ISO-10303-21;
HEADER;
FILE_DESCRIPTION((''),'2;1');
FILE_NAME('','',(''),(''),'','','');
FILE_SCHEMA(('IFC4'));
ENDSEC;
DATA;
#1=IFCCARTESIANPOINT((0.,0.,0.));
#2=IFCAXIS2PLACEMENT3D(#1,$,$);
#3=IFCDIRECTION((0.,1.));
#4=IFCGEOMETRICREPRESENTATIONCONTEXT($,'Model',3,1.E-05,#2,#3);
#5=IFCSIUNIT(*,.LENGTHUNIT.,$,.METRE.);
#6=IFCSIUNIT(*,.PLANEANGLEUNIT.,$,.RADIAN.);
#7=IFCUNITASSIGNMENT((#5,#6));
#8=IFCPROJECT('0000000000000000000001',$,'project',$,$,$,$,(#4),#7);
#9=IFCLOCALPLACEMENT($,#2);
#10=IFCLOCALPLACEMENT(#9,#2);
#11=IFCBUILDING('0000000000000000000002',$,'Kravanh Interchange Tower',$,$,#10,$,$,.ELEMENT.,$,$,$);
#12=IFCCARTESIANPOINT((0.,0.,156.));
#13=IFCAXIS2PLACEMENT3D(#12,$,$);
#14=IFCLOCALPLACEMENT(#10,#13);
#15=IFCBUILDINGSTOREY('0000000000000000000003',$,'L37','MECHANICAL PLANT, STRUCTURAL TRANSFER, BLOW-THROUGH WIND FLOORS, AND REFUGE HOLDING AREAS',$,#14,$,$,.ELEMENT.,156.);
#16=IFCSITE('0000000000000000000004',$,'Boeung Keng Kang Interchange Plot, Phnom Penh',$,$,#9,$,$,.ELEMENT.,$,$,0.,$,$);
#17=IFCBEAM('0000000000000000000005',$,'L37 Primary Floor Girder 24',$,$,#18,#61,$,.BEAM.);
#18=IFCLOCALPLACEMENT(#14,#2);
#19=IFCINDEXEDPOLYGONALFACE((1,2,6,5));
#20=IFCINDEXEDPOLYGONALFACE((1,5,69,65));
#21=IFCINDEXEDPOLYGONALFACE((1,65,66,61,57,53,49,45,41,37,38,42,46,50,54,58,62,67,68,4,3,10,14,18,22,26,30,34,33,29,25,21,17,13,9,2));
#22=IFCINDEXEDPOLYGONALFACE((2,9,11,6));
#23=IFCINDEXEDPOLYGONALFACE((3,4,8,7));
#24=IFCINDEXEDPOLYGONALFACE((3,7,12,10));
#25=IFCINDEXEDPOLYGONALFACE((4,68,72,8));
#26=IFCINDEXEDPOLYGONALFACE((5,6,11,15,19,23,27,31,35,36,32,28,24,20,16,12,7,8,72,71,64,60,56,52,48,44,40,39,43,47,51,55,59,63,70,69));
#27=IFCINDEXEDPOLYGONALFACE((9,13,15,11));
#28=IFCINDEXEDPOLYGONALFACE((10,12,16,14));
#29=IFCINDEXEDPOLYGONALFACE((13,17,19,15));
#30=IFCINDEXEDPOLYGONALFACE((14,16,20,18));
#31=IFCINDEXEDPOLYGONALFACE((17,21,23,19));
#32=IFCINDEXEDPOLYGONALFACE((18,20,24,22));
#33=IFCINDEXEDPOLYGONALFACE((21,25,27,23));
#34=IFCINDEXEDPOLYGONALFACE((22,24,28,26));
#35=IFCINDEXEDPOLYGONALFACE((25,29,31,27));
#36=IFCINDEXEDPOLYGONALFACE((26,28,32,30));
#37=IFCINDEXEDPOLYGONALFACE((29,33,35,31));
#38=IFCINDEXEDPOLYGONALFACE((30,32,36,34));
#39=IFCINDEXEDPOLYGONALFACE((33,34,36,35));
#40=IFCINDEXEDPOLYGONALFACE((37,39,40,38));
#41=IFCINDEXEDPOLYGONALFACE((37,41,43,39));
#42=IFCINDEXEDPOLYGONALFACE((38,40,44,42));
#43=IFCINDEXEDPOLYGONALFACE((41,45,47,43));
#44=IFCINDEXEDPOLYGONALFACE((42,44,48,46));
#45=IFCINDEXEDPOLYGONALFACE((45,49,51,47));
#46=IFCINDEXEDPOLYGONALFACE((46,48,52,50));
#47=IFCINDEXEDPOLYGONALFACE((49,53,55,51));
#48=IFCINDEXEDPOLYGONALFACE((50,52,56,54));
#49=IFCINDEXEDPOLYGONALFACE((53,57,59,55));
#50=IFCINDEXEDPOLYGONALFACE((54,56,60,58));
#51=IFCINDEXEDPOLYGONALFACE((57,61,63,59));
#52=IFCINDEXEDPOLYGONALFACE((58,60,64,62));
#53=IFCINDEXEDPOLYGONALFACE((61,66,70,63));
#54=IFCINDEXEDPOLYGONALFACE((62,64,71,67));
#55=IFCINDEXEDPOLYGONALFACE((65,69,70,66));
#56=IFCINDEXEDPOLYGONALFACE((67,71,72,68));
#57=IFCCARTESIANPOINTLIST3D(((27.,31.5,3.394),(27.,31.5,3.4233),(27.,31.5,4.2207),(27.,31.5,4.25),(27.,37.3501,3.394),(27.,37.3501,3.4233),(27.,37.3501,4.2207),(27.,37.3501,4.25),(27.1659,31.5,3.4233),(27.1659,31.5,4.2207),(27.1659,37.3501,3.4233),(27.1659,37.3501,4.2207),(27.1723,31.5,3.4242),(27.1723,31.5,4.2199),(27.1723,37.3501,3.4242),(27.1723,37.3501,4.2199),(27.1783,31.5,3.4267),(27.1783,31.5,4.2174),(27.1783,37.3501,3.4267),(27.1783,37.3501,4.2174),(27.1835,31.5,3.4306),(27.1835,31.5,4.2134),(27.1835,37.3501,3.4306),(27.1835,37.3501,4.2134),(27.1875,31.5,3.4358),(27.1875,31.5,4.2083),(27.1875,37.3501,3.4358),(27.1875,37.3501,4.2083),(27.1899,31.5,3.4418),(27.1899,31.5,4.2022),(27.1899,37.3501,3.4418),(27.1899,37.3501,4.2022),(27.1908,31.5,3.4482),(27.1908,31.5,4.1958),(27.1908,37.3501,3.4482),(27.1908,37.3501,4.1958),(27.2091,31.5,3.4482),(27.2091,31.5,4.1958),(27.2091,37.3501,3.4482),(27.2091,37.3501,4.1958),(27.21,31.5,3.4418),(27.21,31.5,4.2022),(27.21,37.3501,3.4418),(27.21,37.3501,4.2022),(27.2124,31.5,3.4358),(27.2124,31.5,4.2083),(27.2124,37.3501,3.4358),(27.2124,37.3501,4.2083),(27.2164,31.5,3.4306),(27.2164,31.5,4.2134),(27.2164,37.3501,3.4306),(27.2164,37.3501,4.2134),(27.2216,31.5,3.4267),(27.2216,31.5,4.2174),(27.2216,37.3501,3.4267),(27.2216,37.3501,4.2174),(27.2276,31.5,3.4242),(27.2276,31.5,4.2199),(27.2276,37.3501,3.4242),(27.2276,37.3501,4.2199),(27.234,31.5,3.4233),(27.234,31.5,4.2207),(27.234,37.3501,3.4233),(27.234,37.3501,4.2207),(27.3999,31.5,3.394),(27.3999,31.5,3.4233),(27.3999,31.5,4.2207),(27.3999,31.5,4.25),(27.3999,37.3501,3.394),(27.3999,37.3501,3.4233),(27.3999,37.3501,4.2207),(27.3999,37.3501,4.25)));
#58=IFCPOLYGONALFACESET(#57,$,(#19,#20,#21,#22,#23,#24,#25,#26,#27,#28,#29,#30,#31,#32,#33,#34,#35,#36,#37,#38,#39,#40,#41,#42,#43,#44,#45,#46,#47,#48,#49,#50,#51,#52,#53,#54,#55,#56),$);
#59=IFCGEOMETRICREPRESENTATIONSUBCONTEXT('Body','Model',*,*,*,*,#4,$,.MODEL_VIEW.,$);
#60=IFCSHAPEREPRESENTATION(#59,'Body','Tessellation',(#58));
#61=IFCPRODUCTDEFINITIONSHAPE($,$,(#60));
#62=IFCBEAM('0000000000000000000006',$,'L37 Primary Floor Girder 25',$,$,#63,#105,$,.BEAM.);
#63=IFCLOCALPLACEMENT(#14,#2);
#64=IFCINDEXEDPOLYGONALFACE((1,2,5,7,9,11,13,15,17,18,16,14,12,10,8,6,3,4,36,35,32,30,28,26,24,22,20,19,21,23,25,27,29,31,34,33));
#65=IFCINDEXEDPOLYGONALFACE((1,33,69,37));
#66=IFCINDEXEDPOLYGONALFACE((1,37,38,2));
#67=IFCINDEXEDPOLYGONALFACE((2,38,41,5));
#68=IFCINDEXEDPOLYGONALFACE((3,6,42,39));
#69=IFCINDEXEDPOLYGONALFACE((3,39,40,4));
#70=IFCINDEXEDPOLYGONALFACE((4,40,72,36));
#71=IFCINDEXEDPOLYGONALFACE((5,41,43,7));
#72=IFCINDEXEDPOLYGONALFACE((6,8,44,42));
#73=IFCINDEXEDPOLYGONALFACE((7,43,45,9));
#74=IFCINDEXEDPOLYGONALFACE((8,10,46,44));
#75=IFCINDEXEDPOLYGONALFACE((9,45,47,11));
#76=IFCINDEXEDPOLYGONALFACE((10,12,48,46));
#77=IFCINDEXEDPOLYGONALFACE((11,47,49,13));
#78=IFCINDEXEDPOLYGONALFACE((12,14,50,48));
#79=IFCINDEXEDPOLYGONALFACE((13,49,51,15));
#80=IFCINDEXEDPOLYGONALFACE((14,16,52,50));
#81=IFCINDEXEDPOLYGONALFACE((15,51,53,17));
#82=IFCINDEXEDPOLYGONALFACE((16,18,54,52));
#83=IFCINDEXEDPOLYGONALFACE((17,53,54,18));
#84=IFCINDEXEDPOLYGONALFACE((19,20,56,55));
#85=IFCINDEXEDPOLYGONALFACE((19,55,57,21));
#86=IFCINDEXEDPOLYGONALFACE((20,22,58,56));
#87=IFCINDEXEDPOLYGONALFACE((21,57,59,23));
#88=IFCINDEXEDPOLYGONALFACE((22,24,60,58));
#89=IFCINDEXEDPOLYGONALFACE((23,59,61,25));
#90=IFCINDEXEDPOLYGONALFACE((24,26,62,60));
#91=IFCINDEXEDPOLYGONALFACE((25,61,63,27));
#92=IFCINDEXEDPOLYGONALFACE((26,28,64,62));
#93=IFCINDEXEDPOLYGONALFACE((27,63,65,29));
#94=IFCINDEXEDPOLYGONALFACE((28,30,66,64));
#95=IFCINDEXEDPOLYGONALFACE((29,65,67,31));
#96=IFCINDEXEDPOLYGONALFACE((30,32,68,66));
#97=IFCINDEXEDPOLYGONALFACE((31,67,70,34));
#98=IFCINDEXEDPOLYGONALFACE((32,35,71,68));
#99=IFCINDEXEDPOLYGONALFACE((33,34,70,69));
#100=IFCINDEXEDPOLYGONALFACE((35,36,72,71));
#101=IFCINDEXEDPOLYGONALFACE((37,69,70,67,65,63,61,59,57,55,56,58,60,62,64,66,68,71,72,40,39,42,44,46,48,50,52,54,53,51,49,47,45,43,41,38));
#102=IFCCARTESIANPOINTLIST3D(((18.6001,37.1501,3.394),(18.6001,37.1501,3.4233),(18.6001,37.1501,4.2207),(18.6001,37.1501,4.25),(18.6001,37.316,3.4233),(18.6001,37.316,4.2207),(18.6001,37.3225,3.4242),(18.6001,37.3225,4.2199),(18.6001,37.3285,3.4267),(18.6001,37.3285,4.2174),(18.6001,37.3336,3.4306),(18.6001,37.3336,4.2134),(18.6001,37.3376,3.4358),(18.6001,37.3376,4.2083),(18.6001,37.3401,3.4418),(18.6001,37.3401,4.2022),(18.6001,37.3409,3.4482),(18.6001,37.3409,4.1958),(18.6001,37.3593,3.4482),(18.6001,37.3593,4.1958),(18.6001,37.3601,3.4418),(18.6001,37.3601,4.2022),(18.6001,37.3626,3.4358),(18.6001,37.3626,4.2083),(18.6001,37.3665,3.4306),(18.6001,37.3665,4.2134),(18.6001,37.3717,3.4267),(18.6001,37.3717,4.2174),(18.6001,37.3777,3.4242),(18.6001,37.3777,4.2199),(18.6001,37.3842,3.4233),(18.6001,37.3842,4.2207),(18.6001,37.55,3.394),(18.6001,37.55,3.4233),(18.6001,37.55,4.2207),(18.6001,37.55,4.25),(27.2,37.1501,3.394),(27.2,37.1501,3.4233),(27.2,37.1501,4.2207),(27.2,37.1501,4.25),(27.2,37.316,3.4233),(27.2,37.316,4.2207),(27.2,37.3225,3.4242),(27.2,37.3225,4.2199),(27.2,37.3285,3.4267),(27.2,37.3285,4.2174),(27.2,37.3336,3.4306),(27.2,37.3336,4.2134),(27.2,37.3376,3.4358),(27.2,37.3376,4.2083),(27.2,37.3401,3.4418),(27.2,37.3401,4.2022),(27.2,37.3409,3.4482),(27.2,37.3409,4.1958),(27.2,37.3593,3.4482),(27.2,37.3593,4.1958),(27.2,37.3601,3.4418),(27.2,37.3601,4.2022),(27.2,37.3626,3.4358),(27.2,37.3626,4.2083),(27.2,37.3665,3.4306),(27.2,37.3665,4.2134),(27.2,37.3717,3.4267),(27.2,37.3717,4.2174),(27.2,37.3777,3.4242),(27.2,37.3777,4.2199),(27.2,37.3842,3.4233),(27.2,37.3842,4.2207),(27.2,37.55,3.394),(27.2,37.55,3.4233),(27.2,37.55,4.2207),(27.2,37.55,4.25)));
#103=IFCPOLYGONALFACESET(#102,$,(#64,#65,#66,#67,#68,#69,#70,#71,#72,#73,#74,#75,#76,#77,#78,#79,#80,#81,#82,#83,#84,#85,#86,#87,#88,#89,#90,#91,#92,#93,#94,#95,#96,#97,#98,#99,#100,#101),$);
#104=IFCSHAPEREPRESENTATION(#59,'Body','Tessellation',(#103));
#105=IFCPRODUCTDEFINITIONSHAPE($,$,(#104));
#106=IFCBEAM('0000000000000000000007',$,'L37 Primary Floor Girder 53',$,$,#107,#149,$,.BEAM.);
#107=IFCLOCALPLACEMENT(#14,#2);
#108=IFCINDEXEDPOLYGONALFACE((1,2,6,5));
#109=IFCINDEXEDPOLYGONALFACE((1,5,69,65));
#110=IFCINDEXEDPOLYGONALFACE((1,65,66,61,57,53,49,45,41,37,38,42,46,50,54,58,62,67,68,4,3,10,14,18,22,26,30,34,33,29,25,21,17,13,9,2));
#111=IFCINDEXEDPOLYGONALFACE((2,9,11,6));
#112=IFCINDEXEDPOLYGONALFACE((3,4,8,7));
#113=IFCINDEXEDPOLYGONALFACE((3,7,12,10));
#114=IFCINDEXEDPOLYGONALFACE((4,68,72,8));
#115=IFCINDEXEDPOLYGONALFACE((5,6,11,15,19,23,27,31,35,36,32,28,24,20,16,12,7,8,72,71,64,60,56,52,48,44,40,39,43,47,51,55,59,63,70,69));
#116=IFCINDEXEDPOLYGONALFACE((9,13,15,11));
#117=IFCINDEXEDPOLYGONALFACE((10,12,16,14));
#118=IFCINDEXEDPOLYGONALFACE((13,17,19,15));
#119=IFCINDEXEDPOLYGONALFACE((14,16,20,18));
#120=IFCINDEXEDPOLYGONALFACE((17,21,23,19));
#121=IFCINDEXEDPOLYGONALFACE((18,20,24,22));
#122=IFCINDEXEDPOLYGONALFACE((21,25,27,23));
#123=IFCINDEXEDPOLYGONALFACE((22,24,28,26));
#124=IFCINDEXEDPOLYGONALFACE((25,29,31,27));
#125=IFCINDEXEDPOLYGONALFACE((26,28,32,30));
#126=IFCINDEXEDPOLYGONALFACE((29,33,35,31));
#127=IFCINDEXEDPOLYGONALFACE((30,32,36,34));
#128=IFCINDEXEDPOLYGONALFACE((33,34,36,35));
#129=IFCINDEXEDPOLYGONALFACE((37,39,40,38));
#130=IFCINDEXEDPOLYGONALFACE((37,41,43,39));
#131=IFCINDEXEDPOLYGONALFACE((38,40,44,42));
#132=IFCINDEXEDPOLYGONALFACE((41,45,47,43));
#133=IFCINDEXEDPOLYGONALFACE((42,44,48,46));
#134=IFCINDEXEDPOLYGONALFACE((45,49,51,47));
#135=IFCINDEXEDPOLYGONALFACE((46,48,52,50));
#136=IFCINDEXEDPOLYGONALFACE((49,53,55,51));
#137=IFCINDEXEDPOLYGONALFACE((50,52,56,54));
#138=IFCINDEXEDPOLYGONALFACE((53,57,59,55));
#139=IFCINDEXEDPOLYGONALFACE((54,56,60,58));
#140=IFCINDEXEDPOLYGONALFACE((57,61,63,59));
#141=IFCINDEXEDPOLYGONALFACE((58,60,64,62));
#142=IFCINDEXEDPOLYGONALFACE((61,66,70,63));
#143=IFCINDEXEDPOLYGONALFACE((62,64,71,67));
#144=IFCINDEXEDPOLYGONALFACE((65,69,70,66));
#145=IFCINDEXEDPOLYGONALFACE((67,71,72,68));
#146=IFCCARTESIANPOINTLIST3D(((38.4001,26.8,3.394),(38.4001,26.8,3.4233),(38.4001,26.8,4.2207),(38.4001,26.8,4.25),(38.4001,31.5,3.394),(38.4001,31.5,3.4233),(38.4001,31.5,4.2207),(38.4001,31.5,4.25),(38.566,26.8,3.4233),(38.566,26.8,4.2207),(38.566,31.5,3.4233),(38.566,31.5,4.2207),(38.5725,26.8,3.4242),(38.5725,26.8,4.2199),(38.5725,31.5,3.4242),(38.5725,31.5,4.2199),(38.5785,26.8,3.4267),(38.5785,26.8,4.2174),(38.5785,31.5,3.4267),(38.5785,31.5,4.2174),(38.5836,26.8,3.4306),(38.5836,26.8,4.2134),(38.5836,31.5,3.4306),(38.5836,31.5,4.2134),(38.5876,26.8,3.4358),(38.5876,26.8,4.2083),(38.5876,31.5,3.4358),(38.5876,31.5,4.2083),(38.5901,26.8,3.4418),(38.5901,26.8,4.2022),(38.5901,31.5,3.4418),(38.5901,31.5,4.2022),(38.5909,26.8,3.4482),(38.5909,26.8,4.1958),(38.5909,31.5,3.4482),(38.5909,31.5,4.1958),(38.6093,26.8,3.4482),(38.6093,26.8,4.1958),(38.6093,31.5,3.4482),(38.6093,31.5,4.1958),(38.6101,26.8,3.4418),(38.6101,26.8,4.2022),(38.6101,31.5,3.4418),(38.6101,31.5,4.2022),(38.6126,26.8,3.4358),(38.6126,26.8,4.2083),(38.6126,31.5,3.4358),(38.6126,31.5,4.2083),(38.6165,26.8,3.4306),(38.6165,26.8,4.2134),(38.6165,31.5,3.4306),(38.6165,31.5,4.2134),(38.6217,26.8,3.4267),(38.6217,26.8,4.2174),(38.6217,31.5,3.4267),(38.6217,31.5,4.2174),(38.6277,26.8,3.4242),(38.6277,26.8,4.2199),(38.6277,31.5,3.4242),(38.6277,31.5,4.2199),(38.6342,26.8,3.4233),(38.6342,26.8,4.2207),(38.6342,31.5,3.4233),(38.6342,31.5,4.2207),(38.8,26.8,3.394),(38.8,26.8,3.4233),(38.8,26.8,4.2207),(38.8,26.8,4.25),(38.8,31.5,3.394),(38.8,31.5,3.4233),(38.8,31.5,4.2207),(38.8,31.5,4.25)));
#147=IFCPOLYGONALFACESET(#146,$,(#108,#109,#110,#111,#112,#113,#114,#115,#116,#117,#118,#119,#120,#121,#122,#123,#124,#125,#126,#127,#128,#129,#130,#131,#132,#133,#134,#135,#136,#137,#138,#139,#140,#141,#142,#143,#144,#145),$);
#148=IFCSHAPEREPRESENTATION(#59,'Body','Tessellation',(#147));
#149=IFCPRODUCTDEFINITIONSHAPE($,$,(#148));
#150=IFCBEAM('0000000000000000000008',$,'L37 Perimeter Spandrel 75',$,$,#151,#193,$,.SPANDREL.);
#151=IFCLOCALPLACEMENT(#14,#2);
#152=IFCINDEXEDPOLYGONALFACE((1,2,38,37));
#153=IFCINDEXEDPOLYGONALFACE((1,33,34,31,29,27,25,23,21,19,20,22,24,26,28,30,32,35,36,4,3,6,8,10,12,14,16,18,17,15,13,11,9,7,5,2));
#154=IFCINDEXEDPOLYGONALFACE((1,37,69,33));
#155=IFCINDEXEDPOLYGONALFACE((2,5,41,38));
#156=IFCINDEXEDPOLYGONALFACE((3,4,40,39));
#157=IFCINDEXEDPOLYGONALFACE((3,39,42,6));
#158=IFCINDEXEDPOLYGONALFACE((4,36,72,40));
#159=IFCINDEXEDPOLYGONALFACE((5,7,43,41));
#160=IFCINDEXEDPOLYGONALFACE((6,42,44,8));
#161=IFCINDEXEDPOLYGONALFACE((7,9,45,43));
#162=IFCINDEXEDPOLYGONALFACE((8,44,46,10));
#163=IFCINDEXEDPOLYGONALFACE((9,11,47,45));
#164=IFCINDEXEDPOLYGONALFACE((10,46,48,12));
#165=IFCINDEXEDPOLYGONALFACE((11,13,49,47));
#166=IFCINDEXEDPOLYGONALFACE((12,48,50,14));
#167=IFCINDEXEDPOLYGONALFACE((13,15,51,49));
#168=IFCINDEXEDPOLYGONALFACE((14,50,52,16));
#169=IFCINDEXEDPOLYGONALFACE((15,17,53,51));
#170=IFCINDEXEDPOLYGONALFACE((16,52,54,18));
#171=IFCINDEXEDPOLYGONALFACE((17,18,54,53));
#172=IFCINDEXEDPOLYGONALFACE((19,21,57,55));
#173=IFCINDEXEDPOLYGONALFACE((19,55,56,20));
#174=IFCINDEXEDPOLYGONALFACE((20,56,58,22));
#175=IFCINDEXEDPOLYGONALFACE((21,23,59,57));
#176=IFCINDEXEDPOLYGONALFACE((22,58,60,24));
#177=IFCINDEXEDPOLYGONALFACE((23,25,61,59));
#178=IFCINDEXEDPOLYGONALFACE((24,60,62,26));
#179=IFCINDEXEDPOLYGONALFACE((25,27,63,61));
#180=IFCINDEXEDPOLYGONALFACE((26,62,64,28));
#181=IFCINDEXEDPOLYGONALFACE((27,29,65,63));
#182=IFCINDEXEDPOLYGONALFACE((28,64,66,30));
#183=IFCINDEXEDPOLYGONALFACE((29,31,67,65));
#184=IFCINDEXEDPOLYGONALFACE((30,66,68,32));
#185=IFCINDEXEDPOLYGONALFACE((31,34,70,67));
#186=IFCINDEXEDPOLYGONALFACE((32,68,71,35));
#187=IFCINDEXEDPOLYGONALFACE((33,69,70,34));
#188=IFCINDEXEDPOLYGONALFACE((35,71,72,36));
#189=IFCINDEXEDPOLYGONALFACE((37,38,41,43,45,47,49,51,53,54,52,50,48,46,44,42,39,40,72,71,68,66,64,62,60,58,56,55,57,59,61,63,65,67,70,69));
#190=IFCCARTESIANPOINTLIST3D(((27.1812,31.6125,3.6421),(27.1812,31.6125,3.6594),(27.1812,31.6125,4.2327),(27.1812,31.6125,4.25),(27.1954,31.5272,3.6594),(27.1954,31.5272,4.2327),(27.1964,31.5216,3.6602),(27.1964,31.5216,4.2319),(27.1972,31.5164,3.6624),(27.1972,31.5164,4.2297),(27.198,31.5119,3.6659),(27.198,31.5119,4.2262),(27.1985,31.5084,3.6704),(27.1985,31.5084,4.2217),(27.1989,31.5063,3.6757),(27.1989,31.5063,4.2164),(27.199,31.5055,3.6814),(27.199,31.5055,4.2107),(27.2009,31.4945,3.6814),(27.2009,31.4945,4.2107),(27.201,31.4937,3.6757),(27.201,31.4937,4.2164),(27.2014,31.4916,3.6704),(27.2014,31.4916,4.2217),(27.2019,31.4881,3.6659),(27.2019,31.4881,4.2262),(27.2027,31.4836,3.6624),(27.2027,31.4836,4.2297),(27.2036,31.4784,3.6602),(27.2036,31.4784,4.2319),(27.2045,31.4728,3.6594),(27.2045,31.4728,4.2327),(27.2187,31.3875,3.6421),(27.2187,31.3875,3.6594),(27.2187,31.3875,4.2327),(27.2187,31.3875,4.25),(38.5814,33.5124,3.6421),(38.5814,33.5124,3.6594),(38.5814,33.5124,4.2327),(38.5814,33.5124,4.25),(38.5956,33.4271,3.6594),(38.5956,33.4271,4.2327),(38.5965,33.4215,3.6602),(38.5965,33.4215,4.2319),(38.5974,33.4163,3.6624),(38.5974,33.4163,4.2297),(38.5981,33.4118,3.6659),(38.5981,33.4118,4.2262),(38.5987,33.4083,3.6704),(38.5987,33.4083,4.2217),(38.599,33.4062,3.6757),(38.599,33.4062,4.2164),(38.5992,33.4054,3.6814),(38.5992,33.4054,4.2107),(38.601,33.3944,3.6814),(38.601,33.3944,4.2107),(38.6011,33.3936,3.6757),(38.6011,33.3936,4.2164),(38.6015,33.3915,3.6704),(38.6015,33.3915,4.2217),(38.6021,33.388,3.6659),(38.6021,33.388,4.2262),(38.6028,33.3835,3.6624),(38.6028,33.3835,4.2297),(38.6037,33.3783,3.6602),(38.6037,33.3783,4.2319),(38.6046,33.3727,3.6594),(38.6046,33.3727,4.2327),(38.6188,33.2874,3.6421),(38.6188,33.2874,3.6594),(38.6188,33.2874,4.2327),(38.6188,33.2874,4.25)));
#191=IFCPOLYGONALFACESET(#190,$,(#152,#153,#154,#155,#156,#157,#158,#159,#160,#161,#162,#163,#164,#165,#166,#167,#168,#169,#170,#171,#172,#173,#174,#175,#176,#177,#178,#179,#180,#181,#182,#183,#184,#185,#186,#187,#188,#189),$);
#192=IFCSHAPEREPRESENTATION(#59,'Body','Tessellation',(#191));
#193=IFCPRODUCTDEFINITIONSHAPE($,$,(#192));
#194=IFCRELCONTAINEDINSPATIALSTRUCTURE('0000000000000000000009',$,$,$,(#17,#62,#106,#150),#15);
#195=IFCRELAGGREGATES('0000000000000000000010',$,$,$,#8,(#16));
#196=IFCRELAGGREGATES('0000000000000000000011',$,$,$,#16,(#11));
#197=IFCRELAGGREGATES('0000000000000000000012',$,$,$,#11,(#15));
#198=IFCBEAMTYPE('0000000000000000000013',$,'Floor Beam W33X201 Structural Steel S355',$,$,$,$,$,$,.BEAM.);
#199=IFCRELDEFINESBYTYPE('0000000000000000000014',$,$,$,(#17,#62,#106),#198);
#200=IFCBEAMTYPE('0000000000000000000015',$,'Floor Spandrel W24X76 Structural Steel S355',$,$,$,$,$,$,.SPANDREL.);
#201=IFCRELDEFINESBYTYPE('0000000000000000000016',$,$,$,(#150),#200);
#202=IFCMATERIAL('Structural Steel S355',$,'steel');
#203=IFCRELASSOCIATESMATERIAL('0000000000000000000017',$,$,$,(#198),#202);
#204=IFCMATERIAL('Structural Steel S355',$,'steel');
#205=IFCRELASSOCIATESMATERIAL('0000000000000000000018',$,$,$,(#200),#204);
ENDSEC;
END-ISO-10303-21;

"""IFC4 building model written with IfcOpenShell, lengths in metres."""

from ifc_helpers import new_model, si_unit, direction, frame, origin, origin_2d, place, context, subcontext, project, spatial, i_section, extrude, material, material_profile, profile_set, type_object, element, save


model = new_model("IFC4")

# Units and contexts
model_context = context("Model", 3, precision=1e-05, world=origin(), true_north=direction((0.0, 1.0)))
body_context = subcontext(model_context, "Body", "Model", "MODEL_VIEW")
ifc_project = project(units=[si_unit("LENGTHUNIT", "METRE"), si_unit("PLANEANGLEUNIT", "RADIAN")], contexts=[model_context])

# Site, building, storey
site_placement = place(None, origin())
site = spatial("IfcSite", under=ifc_project, at=site_placement, Name="Boeung Keng Kang Interchange Plot, Phnom Penh", CompositionType="ELEMENT", RefElevation=0.0)
building_placement = place(site_placement, origin())
building = spatial("IfcBuilding", under=site, at=building_placement, Name="Kravanh Interchange Tower", CompositionType="ELEMENT")
storey_placement = place(building_placement, frame((0.0, 0.0, 156.0)))
storey = spatial("IfcBuildingStorey", under=building, at=storey_placement, Name="L37", Description="MECHANICAL PLANT, STRUCTURAL TRANSFER, BLOW-THROUGH WIND FLOORS, AND REFUGE HOLDING AREAS", CompositionType="ELEMENT", Elevation=156.0)

# Beams
ifc_material_1 = material(Name="Structural Steel S355", Category="steel")
ifc_material_profile_1 = material_profile(ifc_material_1, i_section(OverallWidth=0.3999, OverallDepth=0.856, WebThickness=0.0183, FlangeThickness=0.0293, FilletRadius=0.0249, at=origin_2d()), Name="W33X201")
ifc_profile_set_1 = profile_set([ifc_material_profile_1], Name="Structural Steel S355")
beam_type_1 = type_object("IfcBeamType", Name="Floor Beam W33X201 Structural Steel S355", PredefinedType="BEAM", material=ifc_profile_set_1)
for number, where, z_axis, x_axis, name in (
    (1, (27.2, 37.3501, 3.822), (0.0, -1.0, 0.0), (1.0, 0.0, 0.0), "L37 Primary Floor Girder 24"),
):
    element("IfcBeam", number, at=place(storey_placement, frame(where, z_axis=z_axis, x_axis=x_axis)), inside=storey, type_object=beam_type_1, Name=name, PredefinedType="BEAM", context=body_context, shape_type="SweptSolid", body=[
        extrude(i_section(OverallWidth=0.3999, OverallDepth=0.856, WebThickness=0.0183, FlangeThickness=0.0293, FilletRadius=0.0249, at=origin_2d()), origin(), (0.0, 0.0, 1.0), 5.8501),
    ])
beam_1_placement = place(storey_placement, frame((27.2, 37.3501, 3.822), z_axis=(-1.0, 0.0, 0.0), x_axis=(0.0, -1.0, 0.0)))
element("IfcBeam", 2, at=beam_1_placement, inside=storey, type_object=beam_type_1, Name="L37 Primary Floor Girder 25", PredefinedType="BEAM", context=body_context, shape_type="SweptSolid", body=[
    extrude(i_section(OverallWidth=0.3999, OverallDepth=0.856, WebThickness=0.0183, FlangeThickness=0.0293, FilletRadius=0.0249, at=origin_2d()), origin(), (0.0, 0.0, 1.0), 8.5999),
])
beam_2_placement = place(storey_placement, frame((38.6001, 26.8, 3.822), z_axis=(0.0, 1.0, 0.0), x_axis=(-1.0, 0.0, 0.0)))
element("IfcBeam", 3, at=beam_2_placement, inside=storey, type_object=beam_type_1, Name="L37 Primary Floor Girder 53", PredefinedType="BEAM", context=body_context, shape_type="SweptSolid", body=[
    extrude(i_section(OverallWidth=0.3999, OverallDepth=0.856, WebThickness=0.0183, FlangeThickness=0.0293, FilletRadius=0.0249, at=origin_2d()), origin(), (0.0, 0.0, 1.0), 4.7),
])
ifc_material_2 = material(Name="Structural Steel S355", Category="steel")
ifc_material_profile_2 = material_profile(ifc_material_2, i_section(OverallWidth=0.228, OverallDepth=0.6079, WebThickness=0.0112, FlangeThickness=0.0173, FilletRadius=0.022, at=origin_2d()), Name="W24X76")
ifc_profile_set_2 = profile_set([ifc_material_profile_2], Name="Structural Steel S355")
beam_type_2 = type_object("IfcBeamType", Name="Floor Spandrel W24X76 Structural Steel S355", PredefinedType="SPANDREL", material=ifc_profile_set_2)
beam_3_placement = place(storey_placement, frame((27.2, 31.5, 3.946), z_axis=(0.986396, 0.164389, 0.0), x_axis=(-0.164389, 0.986396, 0.0)))
element("IfcBeam", 4, at=beam_3_placement, inside=storey, type_object=beam_type_2, Name="L37 Perimeter Spandrel 75", PredefinedType="SPANDREL", context=body_context, shape_type="SweptSolid", body=[
    extrude(i_section(OverallWidth=0.228, OverallDepth=0.6079, WebThickness=0.0112, FlangeThickness=0.0173, FilletRadius=0.022, at=origin_2d()), origin(), (0.0, 0.0, 1.0), 11.5574),
])

save(model, "model.ifc")
